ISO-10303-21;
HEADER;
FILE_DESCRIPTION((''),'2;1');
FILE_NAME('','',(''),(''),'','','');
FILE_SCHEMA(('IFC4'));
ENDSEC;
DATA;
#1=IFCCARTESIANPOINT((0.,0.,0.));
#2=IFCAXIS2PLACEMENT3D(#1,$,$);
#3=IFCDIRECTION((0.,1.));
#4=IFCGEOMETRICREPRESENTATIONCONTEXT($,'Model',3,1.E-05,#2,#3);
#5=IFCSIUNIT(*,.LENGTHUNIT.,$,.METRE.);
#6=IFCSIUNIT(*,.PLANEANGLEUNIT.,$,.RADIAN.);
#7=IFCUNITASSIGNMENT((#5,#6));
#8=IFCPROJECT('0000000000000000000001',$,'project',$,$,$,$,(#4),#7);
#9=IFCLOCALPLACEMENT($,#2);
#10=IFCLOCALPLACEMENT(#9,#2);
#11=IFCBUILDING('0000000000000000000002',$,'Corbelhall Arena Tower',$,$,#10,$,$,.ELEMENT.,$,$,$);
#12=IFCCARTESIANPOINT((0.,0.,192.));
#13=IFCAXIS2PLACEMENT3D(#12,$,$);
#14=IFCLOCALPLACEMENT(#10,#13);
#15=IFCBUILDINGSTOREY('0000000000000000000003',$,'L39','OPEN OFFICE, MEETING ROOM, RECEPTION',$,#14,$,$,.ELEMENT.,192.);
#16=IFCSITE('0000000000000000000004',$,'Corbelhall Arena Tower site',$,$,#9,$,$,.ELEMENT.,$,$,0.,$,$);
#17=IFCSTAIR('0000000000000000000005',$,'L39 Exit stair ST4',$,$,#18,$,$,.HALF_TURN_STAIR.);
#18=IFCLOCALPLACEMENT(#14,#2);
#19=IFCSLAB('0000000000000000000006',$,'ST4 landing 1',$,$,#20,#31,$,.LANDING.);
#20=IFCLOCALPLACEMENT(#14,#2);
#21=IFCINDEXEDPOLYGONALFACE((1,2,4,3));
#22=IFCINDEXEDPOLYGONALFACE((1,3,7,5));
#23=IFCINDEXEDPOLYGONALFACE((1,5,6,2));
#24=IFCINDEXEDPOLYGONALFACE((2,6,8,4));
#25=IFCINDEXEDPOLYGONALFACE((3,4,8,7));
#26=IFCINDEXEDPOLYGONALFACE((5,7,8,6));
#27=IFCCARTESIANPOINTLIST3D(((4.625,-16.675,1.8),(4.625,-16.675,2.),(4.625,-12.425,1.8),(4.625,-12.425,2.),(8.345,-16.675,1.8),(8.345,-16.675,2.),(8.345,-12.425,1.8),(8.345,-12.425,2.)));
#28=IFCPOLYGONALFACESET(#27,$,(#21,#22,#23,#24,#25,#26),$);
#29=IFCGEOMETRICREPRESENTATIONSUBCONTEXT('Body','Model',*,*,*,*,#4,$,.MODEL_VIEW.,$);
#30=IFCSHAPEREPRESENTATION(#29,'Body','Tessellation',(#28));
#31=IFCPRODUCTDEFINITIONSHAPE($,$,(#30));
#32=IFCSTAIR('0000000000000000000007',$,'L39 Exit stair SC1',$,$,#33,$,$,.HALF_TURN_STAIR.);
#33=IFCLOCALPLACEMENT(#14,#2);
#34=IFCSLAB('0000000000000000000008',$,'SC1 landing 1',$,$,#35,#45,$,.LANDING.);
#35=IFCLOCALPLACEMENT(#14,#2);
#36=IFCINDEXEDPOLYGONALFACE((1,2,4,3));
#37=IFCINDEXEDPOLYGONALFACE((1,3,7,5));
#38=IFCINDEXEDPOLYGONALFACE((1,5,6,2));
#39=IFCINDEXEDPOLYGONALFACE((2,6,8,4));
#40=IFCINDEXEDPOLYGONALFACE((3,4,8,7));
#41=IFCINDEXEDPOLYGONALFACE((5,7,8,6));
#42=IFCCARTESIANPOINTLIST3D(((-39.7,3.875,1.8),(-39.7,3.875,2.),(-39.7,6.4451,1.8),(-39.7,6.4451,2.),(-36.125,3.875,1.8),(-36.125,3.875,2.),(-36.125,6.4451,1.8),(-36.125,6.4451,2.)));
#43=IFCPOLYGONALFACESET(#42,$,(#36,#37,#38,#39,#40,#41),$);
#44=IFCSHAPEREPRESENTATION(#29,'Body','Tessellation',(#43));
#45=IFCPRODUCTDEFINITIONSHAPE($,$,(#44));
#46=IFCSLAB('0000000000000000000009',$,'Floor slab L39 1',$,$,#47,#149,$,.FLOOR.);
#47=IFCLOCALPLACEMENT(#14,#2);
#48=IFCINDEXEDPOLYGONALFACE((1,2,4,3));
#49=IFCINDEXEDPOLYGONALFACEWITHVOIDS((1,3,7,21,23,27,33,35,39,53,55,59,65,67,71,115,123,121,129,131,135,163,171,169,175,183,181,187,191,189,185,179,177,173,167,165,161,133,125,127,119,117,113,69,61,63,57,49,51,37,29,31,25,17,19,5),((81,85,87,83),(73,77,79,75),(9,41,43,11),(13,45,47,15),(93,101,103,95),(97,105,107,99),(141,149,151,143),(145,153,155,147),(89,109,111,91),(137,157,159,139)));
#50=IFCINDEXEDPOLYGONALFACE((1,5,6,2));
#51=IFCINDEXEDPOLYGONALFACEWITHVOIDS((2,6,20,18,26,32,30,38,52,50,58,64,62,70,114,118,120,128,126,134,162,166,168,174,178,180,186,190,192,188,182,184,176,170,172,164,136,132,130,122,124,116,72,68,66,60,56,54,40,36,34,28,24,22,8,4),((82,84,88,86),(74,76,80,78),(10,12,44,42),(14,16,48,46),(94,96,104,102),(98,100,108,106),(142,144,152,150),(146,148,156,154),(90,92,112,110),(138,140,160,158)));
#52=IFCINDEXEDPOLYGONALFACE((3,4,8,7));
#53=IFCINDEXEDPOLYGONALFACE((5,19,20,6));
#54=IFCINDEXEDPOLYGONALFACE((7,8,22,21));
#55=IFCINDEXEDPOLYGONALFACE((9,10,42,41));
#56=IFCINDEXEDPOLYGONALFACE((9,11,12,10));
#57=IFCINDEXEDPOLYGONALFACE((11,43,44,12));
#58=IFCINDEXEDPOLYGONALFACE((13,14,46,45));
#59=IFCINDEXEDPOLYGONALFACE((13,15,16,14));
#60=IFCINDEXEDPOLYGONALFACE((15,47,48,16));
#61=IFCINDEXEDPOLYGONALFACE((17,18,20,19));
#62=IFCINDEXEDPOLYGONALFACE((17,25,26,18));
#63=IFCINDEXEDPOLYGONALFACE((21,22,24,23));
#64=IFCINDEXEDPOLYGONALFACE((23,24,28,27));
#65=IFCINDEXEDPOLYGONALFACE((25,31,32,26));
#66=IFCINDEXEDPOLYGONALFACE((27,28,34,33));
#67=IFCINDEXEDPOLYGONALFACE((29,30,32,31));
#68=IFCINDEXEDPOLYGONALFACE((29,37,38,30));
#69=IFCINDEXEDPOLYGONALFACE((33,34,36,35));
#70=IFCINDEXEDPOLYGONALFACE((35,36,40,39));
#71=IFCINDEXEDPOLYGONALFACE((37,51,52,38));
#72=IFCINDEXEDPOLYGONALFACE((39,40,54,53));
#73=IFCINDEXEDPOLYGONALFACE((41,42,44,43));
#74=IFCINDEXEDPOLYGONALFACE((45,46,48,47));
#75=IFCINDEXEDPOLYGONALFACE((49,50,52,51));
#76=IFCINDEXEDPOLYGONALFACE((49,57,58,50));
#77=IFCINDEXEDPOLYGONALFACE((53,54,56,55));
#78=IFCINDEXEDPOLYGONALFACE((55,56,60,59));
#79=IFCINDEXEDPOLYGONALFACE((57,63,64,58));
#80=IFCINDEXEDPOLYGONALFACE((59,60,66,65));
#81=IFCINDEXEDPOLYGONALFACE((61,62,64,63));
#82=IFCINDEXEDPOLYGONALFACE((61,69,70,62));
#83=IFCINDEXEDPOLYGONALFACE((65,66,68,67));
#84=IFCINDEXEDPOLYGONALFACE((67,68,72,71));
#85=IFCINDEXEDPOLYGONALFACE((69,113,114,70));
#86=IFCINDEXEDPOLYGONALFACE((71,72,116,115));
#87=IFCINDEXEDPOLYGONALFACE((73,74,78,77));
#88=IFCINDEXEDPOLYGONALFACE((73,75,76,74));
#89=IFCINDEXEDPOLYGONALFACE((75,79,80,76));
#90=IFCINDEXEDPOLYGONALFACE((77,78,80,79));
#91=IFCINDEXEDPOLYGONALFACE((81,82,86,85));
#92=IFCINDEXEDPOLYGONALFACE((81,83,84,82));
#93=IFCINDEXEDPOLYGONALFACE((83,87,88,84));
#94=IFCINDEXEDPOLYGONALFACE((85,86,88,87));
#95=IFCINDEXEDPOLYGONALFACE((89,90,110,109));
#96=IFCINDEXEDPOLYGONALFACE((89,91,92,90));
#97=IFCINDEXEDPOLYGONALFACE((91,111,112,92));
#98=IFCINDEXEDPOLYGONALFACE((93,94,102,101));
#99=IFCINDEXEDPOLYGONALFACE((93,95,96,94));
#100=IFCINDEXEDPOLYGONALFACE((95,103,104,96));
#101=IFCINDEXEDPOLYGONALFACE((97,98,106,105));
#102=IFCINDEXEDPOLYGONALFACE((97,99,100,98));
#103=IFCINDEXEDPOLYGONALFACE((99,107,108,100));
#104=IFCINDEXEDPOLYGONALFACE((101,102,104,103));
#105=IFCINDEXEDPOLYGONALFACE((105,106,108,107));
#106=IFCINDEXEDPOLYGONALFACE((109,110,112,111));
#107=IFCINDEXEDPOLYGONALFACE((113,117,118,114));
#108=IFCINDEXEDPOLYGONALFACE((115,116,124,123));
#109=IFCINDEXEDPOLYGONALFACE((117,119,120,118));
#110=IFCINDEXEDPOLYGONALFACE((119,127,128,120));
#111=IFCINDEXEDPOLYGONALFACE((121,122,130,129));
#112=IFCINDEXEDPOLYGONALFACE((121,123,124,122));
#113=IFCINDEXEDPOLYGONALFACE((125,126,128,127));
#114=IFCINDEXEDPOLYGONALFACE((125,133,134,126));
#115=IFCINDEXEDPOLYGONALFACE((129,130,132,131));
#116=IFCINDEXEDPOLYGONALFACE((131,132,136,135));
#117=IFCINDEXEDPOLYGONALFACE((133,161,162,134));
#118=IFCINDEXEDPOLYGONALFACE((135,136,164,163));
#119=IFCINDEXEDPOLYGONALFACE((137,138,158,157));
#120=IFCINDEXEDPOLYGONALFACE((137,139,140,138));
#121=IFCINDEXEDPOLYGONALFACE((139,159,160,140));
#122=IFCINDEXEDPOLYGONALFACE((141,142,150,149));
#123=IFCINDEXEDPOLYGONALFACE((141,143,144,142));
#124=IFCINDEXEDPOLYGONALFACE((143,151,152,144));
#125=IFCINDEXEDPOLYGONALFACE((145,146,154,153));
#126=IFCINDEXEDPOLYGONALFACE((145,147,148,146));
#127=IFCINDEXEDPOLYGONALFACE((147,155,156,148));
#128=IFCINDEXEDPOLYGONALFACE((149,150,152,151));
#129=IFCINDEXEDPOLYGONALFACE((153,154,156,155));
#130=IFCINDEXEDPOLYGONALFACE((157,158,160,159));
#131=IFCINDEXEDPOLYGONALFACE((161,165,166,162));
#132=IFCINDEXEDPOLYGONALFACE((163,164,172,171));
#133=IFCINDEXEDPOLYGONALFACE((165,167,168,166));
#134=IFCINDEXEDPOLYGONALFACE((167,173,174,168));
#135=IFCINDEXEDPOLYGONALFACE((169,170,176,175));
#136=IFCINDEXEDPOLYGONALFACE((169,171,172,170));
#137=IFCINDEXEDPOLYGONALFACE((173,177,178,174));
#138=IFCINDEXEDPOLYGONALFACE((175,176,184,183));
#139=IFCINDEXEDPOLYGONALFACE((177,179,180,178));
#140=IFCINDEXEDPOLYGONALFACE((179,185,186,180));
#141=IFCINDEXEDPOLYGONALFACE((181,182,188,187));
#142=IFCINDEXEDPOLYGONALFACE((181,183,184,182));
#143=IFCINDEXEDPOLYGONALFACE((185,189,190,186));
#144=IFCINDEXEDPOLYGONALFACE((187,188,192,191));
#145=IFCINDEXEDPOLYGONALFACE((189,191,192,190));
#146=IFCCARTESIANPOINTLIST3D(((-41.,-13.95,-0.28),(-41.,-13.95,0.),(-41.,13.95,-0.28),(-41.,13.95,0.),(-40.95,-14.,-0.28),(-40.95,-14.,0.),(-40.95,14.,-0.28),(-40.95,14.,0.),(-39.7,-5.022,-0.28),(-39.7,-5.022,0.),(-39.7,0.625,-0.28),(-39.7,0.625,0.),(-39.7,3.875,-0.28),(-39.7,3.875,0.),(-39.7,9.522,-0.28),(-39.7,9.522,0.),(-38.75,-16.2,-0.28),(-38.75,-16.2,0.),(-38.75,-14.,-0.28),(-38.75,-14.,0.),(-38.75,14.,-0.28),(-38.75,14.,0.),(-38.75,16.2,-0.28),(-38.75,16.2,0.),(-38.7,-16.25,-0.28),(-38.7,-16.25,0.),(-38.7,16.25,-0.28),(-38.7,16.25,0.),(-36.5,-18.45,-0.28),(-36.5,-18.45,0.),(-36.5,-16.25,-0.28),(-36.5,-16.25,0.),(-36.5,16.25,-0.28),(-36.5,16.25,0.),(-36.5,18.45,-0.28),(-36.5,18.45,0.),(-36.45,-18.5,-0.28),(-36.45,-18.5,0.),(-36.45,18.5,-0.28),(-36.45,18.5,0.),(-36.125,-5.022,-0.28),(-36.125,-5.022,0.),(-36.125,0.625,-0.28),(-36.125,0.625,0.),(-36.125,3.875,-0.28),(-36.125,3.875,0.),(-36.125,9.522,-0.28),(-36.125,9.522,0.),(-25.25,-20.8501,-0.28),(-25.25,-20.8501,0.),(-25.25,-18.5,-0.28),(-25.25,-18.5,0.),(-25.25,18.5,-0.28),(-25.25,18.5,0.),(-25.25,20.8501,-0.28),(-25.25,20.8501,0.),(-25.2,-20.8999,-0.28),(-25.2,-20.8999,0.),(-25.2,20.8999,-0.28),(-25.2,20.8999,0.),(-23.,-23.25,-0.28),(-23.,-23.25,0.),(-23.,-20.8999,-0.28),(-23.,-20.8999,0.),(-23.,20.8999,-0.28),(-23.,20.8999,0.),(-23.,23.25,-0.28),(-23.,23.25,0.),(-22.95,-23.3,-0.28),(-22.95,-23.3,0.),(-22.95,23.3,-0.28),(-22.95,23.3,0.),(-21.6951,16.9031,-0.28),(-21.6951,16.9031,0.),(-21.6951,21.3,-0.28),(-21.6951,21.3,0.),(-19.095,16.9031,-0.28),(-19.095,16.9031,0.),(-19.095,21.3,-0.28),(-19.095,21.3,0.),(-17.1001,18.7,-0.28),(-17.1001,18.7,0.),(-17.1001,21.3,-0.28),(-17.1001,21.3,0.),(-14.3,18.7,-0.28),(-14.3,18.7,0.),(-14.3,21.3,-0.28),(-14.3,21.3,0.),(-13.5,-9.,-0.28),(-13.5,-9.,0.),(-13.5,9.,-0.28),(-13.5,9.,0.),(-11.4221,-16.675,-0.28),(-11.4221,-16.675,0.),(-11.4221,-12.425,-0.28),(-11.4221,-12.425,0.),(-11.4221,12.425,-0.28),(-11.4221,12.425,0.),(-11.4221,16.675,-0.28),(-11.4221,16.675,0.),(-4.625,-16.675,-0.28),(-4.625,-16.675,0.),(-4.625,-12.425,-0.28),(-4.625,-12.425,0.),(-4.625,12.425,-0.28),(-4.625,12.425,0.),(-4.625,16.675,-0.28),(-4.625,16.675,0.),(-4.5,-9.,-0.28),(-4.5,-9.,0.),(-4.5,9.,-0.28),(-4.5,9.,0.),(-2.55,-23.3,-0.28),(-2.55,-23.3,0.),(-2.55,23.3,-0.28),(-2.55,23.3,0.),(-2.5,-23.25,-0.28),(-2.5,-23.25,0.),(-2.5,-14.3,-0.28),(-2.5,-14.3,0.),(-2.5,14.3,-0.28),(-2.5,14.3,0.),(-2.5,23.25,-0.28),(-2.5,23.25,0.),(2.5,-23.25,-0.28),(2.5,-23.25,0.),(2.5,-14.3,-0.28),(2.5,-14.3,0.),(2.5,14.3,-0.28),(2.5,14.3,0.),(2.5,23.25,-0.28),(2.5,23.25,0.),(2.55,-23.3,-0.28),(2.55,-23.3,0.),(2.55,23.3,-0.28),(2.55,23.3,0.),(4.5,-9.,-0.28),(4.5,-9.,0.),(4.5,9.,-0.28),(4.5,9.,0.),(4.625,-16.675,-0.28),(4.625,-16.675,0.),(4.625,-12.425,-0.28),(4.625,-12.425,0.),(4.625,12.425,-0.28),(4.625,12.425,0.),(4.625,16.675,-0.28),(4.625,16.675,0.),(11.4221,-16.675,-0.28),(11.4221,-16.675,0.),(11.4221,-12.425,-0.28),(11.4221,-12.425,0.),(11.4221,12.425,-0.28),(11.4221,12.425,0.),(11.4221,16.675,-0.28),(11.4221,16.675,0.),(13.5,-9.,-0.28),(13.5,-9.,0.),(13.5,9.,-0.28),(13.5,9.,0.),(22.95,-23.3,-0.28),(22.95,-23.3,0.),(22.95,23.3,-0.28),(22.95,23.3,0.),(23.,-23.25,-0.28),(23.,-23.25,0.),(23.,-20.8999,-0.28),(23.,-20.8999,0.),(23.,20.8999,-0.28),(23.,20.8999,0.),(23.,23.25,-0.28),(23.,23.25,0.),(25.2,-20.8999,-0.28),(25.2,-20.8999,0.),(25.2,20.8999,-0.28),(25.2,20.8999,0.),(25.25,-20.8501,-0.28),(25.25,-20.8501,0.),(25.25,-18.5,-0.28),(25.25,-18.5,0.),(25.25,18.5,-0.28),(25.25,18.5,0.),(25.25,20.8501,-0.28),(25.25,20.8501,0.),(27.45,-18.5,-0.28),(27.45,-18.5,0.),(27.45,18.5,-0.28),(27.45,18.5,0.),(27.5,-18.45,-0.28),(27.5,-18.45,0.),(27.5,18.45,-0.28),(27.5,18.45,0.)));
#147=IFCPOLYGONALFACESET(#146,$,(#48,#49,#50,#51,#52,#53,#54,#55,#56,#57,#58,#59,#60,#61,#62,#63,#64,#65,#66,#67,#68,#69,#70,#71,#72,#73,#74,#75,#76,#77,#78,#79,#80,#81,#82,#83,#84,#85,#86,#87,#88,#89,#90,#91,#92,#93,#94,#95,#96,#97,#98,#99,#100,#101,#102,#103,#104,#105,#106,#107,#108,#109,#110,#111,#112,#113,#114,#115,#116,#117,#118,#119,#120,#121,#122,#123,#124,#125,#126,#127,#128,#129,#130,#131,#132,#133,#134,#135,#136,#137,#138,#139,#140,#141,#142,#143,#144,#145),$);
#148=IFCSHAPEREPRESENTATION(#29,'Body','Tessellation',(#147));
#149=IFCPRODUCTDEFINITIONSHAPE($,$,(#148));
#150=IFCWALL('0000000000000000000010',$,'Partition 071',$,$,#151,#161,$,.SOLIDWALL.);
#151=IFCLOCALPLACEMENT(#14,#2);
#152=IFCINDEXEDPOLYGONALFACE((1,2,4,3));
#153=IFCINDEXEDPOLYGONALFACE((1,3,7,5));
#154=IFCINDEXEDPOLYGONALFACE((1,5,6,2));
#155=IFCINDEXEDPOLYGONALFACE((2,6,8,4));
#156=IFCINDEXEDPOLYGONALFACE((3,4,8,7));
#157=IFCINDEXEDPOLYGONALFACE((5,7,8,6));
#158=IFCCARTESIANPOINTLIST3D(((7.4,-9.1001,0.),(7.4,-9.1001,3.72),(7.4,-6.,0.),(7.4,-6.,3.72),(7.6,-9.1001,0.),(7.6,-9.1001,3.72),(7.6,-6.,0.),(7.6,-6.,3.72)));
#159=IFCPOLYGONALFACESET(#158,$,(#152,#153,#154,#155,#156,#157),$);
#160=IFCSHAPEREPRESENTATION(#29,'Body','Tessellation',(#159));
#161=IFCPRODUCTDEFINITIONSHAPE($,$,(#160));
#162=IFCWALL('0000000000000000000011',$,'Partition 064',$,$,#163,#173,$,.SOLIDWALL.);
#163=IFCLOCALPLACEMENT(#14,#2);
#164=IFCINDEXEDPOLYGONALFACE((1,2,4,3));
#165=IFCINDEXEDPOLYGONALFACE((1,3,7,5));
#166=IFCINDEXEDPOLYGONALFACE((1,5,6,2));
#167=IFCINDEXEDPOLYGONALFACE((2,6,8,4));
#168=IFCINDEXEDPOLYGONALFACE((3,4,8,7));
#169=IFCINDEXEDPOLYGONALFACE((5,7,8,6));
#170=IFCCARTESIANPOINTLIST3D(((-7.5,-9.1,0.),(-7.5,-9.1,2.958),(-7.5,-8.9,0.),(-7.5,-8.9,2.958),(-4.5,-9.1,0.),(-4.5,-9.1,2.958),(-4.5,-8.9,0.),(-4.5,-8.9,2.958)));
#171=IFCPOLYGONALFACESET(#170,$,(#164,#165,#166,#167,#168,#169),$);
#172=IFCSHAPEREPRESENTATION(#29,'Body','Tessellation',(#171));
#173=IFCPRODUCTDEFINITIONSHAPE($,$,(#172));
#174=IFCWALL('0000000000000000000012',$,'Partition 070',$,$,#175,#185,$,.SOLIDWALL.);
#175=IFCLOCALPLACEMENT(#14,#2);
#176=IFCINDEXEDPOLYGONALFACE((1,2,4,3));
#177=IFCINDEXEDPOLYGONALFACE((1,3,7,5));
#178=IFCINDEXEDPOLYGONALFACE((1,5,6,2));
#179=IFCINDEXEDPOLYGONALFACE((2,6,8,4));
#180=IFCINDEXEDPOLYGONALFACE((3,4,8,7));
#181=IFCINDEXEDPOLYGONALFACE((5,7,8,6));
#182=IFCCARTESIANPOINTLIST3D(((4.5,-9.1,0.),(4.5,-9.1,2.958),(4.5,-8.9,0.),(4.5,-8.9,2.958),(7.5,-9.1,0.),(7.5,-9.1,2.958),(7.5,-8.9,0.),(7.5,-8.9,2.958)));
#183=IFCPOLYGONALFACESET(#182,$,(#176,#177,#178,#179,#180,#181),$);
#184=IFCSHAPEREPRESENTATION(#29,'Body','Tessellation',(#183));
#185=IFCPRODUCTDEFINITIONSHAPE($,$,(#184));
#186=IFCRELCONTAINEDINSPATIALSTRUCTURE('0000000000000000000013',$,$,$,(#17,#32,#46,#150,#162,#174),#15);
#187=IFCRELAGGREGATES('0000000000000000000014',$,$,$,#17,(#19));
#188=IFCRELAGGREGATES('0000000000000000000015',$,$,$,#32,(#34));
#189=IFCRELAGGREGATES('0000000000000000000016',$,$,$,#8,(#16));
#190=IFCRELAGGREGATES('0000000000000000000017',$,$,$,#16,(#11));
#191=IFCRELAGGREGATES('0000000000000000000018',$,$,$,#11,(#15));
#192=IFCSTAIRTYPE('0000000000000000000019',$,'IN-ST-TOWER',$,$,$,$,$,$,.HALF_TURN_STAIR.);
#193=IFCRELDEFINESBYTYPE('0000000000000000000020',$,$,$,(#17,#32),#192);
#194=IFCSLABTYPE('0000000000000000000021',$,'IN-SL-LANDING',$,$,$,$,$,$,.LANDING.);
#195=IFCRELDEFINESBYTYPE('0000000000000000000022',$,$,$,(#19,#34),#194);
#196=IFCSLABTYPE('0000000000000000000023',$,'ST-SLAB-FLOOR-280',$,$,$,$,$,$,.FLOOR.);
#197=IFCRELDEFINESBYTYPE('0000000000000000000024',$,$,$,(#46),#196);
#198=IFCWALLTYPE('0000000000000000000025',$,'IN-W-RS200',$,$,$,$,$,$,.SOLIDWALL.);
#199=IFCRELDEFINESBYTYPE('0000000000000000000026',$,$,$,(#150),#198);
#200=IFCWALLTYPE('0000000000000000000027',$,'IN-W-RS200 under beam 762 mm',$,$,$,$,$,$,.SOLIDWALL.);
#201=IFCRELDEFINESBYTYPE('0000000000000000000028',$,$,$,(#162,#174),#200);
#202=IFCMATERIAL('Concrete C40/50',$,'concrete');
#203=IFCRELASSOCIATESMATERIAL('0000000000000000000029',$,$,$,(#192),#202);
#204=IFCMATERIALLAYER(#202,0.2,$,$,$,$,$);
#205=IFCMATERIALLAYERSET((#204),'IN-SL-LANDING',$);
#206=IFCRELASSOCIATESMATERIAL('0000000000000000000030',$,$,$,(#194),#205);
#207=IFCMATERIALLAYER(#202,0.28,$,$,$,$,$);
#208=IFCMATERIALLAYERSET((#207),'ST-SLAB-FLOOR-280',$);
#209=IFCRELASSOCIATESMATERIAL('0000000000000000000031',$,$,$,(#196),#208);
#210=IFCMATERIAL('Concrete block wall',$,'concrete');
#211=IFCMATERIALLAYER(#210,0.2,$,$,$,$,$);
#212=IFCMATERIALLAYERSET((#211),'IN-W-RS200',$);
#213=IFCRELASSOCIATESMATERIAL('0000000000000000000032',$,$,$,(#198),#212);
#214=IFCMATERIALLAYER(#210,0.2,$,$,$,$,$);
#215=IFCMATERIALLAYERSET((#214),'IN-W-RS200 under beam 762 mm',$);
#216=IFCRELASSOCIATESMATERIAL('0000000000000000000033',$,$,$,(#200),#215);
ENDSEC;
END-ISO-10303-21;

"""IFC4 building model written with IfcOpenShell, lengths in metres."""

from ifc_helpers import new_model, si_unit, direction, frame, frame_2d, origin, place, context, subcontext, project, spatial, polyline, rectangle, outline, extrude, material, layer, layer_set, type_object, element, aggregate, save


model = new_model("IFC4")

# Units and contexts
model_context = context("Model", 3, precision=1e-05, world=origin(), true_north=direction((0.0, 1.0)))
body_context = subcontext(model_context, "Body", "Model", "MODEL_VIEW")
ifc_project = project(units=[si_unit("LENGTHUNIT", "METRE"), si_unit("PLANEANGLEUNIT", "RADIAN")], contexts=[model_context])

# Site, building, storey
site_placement = place(None, origin())
site = spatial("IfcSite", under=ifc_project, at=site_placement, Name="Corbelhall Arena Tower site", CompositionType="ELEMENT", RefElevation=0.0)
building_placement = place(site_placement, origin())
building = spatial("IfcBuilding", under=site, at=building_placement, Name="Corbelhall Arena Tower", CompositionType="ELEMENT")
storey_placement = place(building_placement, frame((0.0, 0.0, 192.0)))
storey = spatial("IfcBuildingStorey", under=building, at=storey_placement, Name="L39", Description="OPEN OFFICE, MEETING ROOM, RECEPTION", CompositionType="ELEMENT", Elevation=192.0)

# Shared definitions
ifc_material_1 = material(Name="Concrete C40/50", Category="concrete")

# Stairs, slabs
stair_type = type_object("IfcStairType", Name="IN-ST-TOWER", PredefinedType="HALF_TURN_STAIR", material=ifc_material_1)
ifc_layer_1 = layer(ifc_material_1, 0.2)
ifc_layer_set_1 = layer_set([ifc_layer_1], Name="IN-SL-LANDING")
slab_type_1 = type_object("IfcSlabType", Name="IN-SL-LANDING", PredefinedType="LANDING", material=ifc_layer_set_1)
stair_1_placement = place(storey_placement, origin())
stair_1 = element("IfcStair", 1, at=stair_1_placement, inside=storey, type_object=stair_type, Name="L39 Exit stair ST4", PredefinedType="HALF_TURN_STAIR")
slab_1_placement = place(storey_placement, frame((0.0, 0.0, 1.8)))
slab_1 = element("IfcSlab", 2, at=slab_1_placement, type_object=slab_type_1, Name="ST4 landing 1", PredefinedType="LANDING", context=body_context, shape_type="SweptSolid", body=[
    extrude(outline(polyline([(8.345, -12.425), (4.625, -12.425), (4.625, -16.675), (8.345, -16.675), (8.345, -12.425)])), origin(), (0.0, 0.0, 1.0), 0.2),
])
aggregate(stair_1, [slab_1])
stair_2_placement = place(storey_placement, origin())
stair_2 = element("IfcStair", 3, at=stair_2_placement, inside=storey, type_object=stair_type, Name="L39 Exit stair SC1", PredefinedType="HALF_TURN_STAIR")
slab_2_placement = place(storey_placement, frame((0.0, 0.0, 1.8)))
slab_2 = element("IfcSlab", 4, at=slab_2_placement, type_object=slab_type_1, Name="SC1 landing 1", PredefinedType="LANDING", context=body_context, shape_type="SweptSolid", body=[
    extrude(outline(polyline([(-39.7, 6.4451), (-39.7, 3.875), (-36.125, 3.875), (-36.125, 6.4451), (-39.7, 6.4451)])), origin(), (0.0, 0.0, 1.0), 0.2),
])
aggregate(stair_2, [slab_2])

# Slab
ifc_layer_2 = layer(ifc_material_1, 0.28)
ifc_layer_set_2 = layer_set([ifc_layer_2], Name="ST-SLAB-FLOOR-280")
slab_type_2 = type_object("IfcSlabType", Name="ST-SLAB-FLOOR-280", PredefinedType="FLOOR", material=ifc_layer_set_2)
slab_3_placement = place(storey_placement, frame((0.0, 0.0, -0.28)))
element("IfcSlab", 5, at=slab_3_placement, inside=storey, type_object=slab_type_2, Name="Floor slab L39 1", PredefinedType="FLOOR", context=body_context, shape_type="SweptSolid", body=[
    extrude(outline(polyline([(23.0, 23.25), (22.95, 23.3), (2.55, 23.3), (2.5, 23.25), (2.5, 14.3), (-2.5, 14.3), (-2.5, 23.25), (-2.55, 23.3), (-22.95, 23.3), (-23.0, 23.25), (-23.0, 20.8999), (-25.2, 20.8999), (-25.25, 20.8501), (-25.25, 18.5), (-36.45, 18.5), (-36.5, 18.45), (-36.5, 16.25), (-38.7, 16.25), (-38.75, 16.2), (-38.75, 14.0), (-40.95, 14.0), (-41.0, 13.95), (-41.0, -13.95), (-40.95, -14.0), (-38.75, -14.0), (-38.75, -16.2), (-38.7, -16.25), (-36.5, -16.25), (-36.5, -18.45), (-36.45, -18.5), (-25.25, -18.5), (-25.25, -20.8501), (-25.2, -20.8999), (-23.0, -20.8999), (-23.0, -23.25), (-22.95, -23.3), (-2.55, -23.3), (-2.5, -23.25), (-2.5, -14.3), (2.5, -14.3), (2.5, -23.25), (2.55, -23.3), (22.95, -23.3), (23.0, -23.25), (23.0, -20.8999), (25.2, -20.8999), (25.25, -20.8501), (25.25, -18.5), (27.45, -18.5), (27.5, -18.45), (27.5, 18.45), (27.45, 18.5), (25.25, 18.5), (25.25, 20.8501), (25.2, 20.8999), (23.0, 20.8999), (23.0, 23.25)]), holes=[polyline([(-4.5, -9.0), (-4.5, 9.0), (-13.5, 9.0), (-13.5, -9.0), (-4.5, -9.0)]), polyline([(13.5, -9.0), (13.5, 9.0), (4.5, 9.0), (4.5, -9.0), (13.5, -9.0)]), polyline([(-11.4221, 12.425), (-4.625, 12.425), (-4.625, 16.675), (-11.4221, 16.675), (-11.4221, 12.425)]), polyline([(-11.4221, -12.425), (-11.4221, -16.675), (-4.625, -16.675), (-4.625, -12.425), (-11.4221, -12.425)]), polyline([(4.625, 12.425), (11.4221, 12.425), (11.4221, 16.675), (4.625, 16.675), (4.625, 12.425)]), polyline([(4.625, -12.425), (4.625, -16.675), (11.4221, -16.675), (11.4221, -12.425), (4.625, -12.425)]), polyline([(-39.7, 9.522), (-39.7, 3.875), (-36.125, 3.875), (-36.125, 9.522), (-39.7, 9.522)]), polyline([(-39.7, -5.022), (-36.125, -5.022), (-36.125, 0.625), (-39.7, 0.625), (-39.7, -5.022)]), polyline([(-21.6951, 21.3), (-21.6951, 16.9031), (-19.095, 16.9031), (-19.095, 21.3), (-21.6951, 21.3)]), polyline([(-14.3, 21.3), (-17.1001, 21.3), (-17.1001, 18.7), (-14.3, 18.7), (-14.3, 21.3)])]), origin(), (0.0, 0.0, 1.0), 0.28),
])

# Walls
ifc_material_2 = material(Name="Concrete block wall", Category="concrete")
ifc_layer_3 = layer(ifc_material_2, 0.2)
ifc_layer_set_3 = layer_set([ifc_layer_3], Name="IN-W-RS200")
wall_type_1 = type_object("IfcWallType", Name="IN-W-RS200", PredefinedType="SOLIDWALL", material=ifc_layer_set_3)
wall_1_placement = place(storey_placement, frame((7.5, -6.0, 0.0), z_axis=(0.0, 0.0, 1.0), x_axis=(0.0, -1.0, 0.0)))
element("IfcWall", 6, at=wall_1_placement, inside=storey, type_object=wall_type_1, Name="Partition 071", PredefinedType="SOLIDWALL", context=body_context, shape_type="SweptSolid", body=[
    extrude(rectangle(XDim=3.1001, YDim=0.2, at=frame_2d((1.55, 0.0))), origin(), (0.0, 0.0, 1.0), 3.72),
])
ifc_layer_4 = layer(ifc_material_2, 0.2)
ifc_layer_set_4 = layer_set([ifc_layer_4], Name="IN-W-RS200 under beam 762 mm")
wall_type_2 = type_object("IfcWallType", Name="IN-W-RS200 under beam 762 mm", PredefinedType="SOLIDWALL", material=ifc_layer_set_4)
wall_2_placement = place(storey_placement, frame((-4.5, -9.0, 0.0), z_axis=(0.0, 0.0, 1.0), x_axis=(-1.0, 0.0, 0.0)))
element("IfcWall", 7, at=wall_2_placement, inside=storey, type_object=wall_type_2, Name="Partition 064", PredefinedType="SOLIDWALL", context=body_context, shape_type="SweptSolid", body=[
    extrude(rectangle(XDim=3.0, YDim=0.2, at=frame_2d((1.5, 0.0))), origin(), (0.0, 0.0, 1.0), 2.958),
])

# Wall
wall_3_placement = place(storey_placement, frame((7.5, -9.0, 0.0), z_axis=(0.0, 0.0, 1.0), x_axis=(-1.0, 0.0, 0.0)))
element("IfcWall", 8, at=wall_3_placement, inside=storey, type_object=wall_type_2, Name="Partition 070", PredefinedType="SOLIDWALL", context=body_context, shape_type="SweptSolid", body=[
    extrude(rectangle(XDim=3.0, YDim=0.2, at=frame_2d((1.5, 0.0))), origin(), (0.0, 0.0, 1.0), 2.958),
])

save(model, "model.ifc")
